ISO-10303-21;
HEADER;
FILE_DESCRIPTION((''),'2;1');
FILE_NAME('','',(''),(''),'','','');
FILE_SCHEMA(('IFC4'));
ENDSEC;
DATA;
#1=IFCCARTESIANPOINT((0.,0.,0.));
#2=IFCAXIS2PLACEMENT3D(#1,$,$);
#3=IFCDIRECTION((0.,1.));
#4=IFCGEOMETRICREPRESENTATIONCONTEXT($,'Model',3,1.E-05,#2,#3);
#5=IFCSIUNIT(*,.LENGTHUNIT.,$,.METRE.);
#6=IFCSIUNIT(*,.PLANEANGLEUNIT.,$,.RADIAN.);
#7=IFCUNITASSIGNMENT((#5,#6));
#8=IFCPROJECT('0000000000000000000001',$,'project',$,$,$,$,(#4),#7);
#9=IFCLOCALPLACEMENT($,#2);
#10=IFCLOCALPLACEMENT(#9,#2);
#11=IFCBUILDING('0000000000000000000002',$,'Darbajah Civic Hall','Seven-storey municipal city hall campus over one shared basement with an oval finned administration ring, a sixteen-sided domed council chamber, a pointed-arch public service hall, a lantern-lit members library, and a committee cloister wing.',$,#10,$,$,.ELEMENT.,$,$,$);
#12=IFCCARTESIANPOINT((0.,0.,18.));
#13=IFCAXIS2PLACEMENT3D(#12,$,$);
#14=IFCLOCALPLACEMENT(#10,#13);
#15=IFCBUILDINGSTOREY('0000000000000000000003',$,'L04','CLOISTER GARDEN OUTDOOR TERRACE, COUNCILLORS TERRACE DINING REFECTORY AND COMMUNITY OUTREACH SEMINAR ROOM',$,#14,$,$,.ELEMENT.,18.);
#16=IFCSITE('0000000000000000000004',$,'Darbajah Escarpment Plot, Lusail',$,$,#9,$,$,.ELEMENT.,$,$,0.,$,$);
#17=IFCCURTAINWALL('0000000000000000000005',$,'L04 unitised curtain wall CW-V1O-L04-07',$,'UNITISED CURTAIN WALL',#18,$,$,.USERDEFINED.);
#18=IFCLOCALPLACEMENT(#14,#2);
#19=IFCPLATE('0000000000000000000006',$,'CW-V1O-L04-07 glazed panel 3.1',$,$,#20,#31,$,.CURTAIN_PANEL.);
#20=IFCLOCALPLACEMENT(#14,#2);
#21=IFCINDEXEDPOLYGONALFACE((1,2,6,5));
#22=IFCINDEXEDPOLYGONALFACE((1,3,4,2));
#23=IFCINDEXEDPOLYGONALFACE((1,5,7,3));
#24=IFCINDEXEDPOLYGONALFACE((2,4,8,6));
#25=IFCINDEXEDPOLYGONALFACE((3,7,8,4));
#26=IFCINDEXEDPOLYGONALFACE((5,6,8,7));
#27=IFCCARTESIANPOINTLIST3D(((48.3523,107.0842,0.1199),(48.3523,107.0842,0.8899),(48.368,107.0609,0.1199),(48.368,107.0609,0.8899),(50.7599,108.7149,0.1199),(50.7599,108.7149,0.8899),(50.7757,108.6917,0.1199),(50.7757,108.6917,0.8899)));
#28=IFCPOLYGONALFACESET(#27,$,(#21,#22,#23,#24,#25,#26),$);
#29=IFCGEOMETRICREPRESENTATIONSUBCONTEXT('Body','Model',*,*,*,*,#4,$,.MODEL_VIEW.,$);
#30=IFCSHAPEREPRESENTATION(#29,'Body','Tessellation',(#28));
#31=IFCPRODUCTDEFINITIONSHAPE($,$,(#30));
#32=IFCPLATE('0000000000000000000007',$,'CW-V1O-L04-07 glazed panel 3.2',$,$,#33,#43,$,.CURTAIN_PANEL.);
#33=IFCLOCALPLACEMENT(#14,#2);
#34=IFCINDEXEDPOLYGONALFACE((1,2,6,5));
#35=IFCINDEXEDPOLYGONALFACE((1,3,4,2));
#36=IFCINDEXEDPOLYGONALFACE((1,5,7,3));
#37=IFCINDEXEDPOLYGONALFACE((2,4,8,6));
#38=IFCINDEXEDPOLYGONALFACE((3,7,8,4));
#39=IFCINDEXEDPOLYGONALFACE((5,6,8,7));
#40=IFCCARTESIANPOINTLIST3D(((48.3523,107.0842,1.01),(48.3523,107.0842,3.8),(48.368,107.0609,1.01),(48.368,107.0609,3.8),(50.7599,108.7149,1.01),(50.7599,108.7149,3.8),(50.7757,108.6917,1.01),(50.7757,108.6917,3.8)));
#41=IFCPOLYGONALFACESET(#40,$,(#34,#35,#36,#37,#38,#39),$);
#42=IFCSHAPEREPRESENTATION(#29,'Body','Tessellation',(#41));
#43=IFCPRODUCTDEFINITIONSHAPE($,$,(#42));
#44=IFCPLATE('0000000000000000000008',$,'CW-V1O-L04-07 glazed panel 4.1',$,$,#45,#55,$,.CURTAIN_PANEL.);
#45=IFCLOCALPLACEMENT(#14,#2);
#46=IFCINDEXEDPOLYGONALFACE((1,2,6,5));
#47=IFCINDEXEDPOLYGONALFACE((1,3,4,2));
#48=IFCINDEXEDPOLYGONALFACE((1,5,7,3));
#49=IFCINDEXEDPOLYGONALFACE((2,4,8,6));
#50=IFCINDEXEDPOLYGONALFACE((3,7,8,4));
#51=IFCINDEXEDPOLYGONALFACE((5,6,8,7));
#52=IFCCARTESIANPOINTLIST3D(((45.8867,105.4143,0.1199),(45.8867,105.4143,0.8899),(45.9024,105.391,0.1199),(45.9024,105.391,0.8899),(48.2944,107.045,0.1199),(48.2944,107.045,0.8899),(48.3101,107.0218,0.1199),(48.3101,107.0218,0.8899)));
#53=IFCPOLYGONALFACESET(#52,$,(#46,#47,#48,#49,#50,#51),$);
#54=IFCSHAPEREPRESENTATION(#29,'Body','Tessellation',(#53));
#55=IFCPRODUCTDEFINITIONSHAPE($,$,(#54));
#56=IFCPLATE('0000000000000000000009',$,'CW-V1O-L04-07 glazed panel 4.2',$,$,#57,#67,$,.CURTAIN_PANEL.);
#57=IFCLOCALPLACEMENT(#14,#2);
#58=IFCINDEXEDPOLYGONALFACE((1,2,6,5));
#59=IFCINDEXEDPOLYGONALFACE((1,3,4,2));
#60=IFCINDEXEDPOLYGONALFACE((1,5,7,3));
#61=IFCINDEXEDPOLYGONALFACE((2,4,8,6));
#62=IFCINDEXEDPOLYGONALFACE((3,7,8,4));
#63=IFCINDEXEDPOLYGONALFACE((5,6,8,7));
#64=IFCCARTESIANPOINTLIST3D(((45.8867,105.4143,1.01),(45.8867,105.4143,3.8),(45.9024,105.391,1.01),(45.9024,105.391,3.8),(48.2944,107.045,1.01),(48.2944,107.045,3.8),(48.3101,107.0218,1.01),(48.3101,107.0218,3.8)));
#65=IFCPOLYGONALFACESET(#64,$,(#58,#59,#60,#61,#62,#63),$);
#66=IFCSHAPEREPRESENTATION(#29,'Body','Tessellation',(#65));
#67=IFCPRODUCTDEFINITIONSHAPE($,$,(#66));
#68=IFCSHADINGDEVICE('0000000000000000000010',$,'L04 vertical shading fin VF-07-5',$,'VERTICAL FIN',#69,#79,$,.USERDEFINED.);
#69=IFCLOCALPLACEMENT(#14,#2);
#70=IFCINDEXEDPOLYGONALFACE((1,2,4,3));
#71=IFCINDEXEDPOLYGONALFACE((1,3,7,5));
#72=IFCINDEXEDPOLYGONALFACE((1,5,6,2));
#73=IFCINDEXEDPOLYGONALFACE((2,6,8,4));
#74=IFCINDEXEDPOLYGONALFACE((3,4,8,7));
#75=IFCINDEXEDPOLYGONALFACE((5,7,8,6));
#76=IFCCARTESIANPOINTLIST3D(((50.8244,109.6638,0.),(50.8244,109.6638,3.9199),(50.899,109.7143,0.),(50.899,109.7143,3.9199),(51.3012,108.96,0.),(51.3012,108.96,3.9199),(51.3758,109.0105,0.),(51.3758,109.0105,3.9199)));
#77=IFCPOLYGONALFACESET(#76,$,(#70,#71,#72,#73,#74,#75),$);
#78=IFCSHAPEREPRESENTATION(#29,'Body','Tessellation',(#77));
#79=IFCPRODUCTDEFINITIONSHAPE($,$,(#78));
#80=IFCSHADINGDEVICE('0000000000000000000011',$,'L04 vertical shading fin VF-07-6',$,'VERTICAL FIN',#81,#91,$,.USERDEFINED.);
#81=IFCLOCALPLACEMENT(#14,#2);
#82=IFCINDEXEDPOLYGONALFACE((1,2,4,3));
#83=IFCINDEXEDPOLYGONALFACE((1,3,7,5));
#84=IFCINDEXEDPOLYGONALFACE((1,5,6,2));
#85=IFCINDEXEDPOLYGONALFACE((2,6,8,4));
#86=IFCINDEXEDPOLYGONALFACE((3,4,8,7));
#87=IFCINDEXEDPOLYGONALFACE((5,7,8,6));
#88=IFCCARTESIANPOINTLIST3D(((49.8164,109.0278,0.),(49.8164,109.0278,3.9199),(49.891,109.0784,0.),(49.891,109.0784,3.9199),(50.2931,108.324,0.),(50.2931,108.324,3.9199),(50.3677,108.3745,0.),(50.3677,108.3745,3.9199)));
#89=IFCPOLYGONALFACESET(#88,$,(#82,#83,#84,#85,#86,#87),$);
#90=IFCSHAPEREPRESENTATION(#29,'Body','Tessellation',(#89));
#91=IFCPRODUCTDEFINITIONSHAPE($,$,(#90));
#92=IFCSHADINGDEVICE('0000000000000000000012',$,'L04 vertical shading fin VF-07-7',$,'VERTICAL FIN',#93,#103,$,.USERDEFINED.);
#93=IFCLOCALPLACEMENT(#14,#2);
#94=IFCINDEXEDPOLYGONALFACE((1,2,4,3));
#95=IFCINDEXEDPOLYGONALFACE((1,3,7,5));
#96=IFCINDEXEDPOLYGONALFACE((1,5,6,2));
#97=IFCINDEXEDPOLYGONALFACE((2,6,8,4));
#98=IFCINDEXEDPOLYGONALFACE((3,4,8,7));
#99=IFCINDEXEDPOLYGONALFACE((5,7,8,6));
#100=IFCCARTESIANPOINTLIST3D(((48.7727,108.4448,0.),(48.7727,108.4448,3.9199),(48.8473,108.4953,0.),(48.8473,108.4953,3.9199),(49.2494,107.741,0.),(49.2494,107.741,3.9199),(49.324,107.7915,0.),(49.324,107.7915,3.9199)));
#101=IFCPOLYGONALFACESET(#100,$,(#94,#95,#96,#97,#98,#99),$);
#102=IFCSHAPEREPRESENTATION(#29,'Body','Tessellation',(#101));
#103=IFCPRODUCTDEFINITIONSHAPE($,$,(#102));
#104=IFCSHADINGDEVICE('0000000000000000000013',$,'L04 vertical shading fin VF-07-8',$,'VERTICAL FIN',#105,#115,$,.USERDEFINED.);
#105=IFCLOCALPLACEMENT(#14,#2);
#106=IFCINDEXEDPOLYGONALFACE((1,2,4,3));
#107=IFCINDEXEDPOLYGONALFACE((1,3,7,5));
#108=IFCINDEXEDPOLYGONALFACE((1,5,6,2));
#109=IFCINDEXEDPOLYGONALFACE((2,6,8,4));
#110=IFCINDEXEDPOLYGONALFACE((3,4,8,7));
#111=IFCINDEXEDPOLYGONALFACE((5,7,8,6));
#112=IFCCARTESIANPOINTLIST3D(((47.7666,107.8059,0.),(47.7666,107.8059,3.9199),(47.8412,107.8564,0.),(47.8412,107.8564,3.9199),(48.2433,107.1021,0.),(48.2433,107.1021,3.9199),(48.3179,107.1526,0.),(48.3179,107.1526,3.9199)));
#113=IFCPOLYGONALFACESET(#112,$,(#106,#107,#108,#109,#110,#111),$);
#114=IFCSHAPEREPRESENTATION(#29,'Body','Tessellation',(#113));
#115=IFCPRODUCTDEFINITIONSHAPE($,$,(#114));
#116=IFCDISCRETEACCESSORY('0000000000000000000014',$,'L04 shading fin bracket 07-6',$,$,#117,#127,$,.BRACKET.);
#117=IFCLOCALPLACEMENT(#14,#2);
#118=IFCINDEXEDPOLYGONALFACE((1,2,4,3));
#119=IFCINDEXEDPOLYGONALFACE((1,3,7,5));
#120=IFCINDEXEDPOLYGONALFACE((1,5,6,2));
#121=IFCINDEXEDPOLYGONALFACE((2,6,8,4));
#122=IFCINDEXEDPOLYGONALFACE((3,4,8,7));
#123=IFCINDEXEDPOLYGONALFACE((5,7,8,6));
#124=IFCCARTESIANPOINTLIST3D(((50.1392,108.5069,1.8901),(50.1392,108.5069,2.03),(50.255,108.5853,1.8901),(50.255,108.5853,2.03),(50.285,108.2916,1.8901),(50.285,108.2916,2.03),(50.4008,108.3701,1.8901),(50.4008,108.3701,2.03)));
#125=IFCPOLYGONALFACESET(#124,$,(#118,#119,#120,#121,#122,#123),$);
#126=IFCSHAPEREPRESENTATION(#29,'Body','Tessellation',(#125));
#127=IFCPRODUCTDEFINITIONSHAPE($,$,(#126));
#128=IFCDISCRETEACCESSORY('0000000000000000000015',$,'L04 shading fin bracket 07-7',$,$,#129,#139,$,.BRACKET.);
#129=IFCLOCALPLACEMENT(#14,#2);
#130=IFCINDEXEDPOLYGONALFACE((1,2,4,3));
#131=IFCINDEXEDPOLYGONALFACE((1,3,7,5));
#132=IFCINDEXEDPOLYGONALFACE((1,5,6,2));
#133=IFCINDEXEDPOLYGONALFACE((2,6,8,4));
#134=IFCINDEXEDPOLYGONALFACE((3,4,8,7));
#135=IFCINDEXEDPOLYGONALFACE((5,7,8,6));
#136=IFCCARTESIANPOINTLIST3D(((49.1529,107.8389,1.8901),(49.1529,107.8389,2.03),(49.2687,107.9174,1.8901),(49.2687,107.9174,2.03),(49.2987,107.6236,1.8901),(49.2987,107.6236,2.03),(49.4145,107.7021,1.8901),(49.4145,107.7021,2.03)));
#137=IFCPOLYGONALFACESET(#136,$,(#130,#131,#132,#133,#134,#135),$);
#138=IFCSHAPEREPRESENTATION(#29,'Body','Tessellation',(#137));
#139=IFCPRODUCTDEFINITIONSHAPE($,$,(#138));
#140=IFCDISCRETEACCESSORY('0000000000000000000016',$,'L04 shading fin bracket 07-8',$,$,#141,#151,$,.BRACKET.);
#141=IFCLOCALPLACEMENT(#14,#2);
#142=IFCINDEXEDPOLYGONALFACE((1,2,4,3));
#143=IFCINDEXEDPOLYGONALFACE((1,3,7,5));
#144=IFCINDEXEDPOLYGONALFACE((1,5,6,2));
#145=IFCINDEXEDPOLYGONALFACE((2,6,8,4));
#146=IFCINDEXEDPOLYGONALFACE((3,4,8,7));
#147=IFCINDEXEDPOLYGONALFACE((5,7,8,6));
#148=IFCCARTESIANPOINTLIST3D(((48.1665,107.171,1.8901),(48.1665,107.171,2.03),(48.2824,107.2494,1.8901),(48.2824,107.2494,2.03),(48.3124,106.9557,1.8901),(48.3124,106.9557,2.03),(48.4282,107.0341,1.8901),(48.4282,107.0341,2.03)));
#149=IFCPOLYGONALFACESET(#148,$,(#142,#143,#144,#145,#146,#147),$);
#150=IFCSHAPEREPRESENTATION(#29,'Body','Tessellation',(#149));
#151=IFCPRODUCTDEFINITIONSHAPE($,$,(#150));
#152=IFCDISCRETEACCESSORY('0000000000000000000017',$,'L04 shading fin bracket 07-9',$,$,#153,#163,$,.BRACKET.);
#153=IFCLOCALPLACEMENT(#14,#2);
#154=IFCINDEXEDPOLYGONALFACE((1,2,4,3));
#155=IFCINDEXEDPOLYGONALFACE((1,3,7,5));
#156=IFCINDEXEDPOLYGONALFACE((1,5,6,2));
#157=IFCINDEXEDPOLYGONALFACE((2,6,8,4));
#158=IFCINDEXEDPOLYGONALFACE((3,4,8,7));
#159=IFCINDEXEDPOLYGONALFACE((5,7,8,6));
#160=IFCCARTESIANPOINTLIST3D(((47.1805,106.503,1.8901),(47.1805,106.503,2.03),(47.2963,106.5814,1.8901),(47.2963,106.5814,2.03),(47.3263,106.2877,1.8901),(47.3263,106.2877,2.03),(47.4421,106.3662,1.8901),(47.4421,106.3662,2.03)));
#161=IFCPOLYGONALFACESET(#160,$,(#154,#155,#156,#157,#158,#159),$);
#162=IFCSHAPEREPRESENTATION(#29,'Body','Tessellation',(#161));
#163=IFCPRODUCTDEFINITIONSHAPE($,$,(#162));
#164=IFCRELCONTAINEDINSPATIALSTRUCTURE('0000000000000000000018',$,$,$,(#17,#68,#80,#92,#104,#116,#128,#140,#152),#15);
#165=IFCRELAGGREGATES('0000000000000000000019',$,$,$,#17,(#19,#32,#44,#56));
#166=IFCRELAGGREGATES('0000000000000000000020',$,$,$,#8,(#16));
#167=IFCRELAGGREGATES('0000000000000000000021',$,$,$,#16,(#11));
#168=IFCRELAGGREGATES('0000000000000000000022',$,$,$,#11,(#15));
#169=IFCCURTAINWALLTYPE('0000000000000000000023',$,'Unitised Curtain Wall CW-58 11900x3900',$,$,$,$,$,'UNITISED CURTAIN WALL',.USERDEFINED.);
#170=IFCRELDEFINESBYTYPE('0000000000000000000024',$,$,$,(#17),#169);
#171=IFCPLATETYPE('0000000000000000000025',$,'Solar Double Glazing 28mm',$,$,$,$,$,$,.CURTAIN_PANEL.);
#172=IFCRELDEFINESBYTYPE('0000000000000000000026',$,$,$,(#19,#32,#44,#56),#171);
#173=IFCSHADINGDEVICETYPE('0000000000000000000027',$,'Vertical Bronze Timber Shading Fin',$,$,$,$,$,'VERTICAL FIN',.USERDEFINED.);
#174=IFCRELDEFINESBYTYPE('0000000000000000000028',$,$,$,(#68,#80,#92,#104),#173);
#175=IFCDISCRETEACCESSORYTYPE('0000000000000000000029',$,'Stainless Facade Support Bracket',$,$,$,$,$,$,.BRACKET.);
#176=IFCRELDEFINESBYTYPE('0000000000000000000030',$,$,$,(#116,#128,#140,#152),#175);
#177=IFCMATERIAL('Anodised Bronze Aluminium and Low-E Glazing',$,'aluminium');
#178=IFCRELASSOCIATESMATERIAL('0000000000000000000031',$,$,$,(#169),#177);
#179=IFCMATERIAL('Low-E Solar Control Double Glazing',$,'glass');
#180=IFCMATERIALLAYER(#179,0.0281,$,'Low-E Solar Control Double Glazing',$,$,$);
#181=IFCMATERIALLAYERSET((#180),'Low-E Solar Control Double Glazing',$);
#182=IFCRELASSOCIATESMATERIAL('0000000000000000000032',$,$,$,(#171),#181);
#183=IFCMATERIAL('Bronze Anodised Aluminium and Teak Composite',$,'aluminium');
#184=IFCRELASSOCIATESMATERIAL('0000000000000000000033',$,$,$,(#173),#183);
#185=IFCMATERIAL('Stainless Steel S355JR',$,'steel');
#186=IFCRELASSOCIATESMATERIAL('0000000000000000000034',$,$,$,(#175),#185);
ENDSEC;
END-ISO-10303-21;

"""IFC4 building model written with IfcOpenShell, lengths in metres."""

from ifc_helpers import new_model, si_unit, direction, frame, origin, origin_2d, place, context, subcontext, project, spatial, rectangle, extrude, material, layer, layer_set, type_object, element, aggregate, save


model = new_model("IFC4")

# Units and contexts
model_context = context("Model", 3, precision=1e-05, world=origin(), true_north=direction((0.0, 1.0)))
body_context = subcontext(model_context, "Body", "Model", "MODEL_VIEW")
ifc_project = project(units=[si_unit("LENGTHUNIT", "METRE"), si_unit("PLANEANGLEUNIT", "RADIAN")], contexts=[model_context])

# Site, building, storey
site_placement = place(None, origin())
site = spatial("IfcSite", under=ifc_project, at=site_placement, Name="Darbajah Escarpment Plot, Lusail", CompositionType="ELEMENT", RefElevation=0.0)
building_placement = place(site_placement, origin())
building = spatial("IfcBuilding", under=site, at=building_placement, Name="Darbajah Civic Hall", Description="Seven-storey municipal city hall campus over one shared basement with an oval finned administration ring, a sixteen-sided domed council chamber, a pointed-arch public service hall, a lantern-lit members library, and a committee cloister wing.", CompositionType="ELEMENT")
storey_placement = place(building_placement, frame((0.0, 0.0, 18.0)))
storey = spatial("IfcBuildingStorey", under=building, at=storey_placement, Name="L04", Description="CLOISTER GARDEN OUTDOOR TERRACE, COUNCILLORS TERRACE DINING REFECTORY AND COMMUNITY OUTREACH SEMINAR ROOM", CompositionType="ELEMENT", Elevation=18.0)

# Curtain wall
ifc_material_1 = material(Name="Anodised Bronze Aluminium and Low-E Glazing", Category="aluminium")
curtain_wall_type = type_object("IfcCurtainWallType", Name="Unitised Curtain Wall CW-58 11900x3900", ElementType="UNITISED CURTAIN WALL", PredefinedType="USERDEFINED", material=ifc_material_1)
curtain_wall_placement = place(storey_placement, origin())
curtain_wall = element("IfcCurtainWall", 1, at=curtain_wall_placement, inside=storey, type_object=curtain_wall_type, Name="L04 unitised curtain wall CW-V1O-L04-07", ObjectType="UNITISED CURTAIN WALL", PredefinedType="USERDEFINED")

# Plates
ifc_material_2 = material(Name="Low-E Solar Control Double Glazing", Category="glass")
ifc_layer = layer(ifc_material_2, 0.0281, Name="Low-E Solar Control Double Glazing")
ifc_layer_set = layer_set([ifc_layer], Name="Low-E Solar Control Double Glazing")
plate_type = type_object("IfcPlateType", Name="Solar Double Glazing 28mm", PredefinedType="CURTAIN_PANEL", material=ifc_layer_set)
plate_1_placement = place(storey_placement, frame((49.564, 107.8879, 0.1199), z_axis=(0.0, 0.0, 1.0), x_axis=(-0.827962, -0.560784, 0.0)))
plate_1 = element("IfcPlate", 2, at=plate_1_placement, type_object=plate_type, Name="CW-V1O-L04-07 glazed panel 3.1", PredefinedType="CURTAIN_PANEL", context=body_context, shape_type="SweptSolid", body=[
    extrude(rectangle(XDim=2.908, YDim=0.0281, at=origin_2d()), origin(), (0.0, 0.0, 1.0), 0.77),
])
plate_2_placement = place(storey_placement, frame((49.564, 107.8879, 1.01), z_axis=(0.0, 0.0, 1.0), x_axis=(-0.827962, -0.560784, 0.0)))
plate_2 = element("IfcPlate", 3, at=plate_2_placement, type_object=plate_type, Name="CW-V1O-L04-07 glazed panel 3.2", PredefinedType="CURTAIN_PANEL", context=body_context, shape_type="SweptSolid", body=[
    extrude(rectangle(XDim=2.908, YDim=0.0281, at=origin_2d()), origin(), (0.0, 0.0, 1.0), 2.79),
])
plate_3_placement = place(storey_placement, frame((47.0984, 106.218, 0.1199), z_axis=(0.0, 0.0, 1.0), x_axis=(-0.827962, -0.560784, 0.0)))
plate_3 = element("IfcPlate", 4, at=plate_3_placement, type_object=plate_type, Name="CW-V1O-L04-07 glazed panel 4.1", PredefinedType="CURTAIN_PANEL", context=body_context, shape_type="SweptSolid", body=[
    extrude(rectangle(XDim=2.908, YDim=0.0281, at=origin_2d()), origin(), (0.0, 0.0, 1.0), 0.77),
])
plate_4_placement = place(storey_placement, frame((47.0984, 106.218, 1.01), z_axis=(0.0, 0.0, 1.0), x_axis=(-0.827962, -0.560784, 0.0)))
plate_4 = element("IfcPlate", 5, at=plate_4_placement, type_object=plate_type, Name="CW-V1O-L04-07 glazed panel 4.2", PredefinedType="CURTAIN_PANEL", context=body_context, shape_type="SweptSolid", body=[
    extrude(rectangle(XDim=2.908, YDim=0.0281, at=origin_2d()), origin(), (0.0, 0.0, 1.0), 2.79),
])
aggregate(curtain_wall, [plate_1, plate_2, plate_3, plate_4])

# Shading devices
ifc_material_3 = material(Name="Bronze Anodised Aluminium and Teak Composite", Category="aluminium")
shading_device_type = type_object("IfcShadingDeviceType", Name="Vertical Bronze Timber Shading Fin", ElementType="VERTICAL FIN", PredefinedType="USERDEFINED", material=ifc_material_3)
for number, where, z_axis, x_axis, name in (
    (6, (51.1001, 109.3372, 0.0), (0.0, 0.0, 1.0), (-0.560784, 0.827962, 0.0), "L04 vertical shading fin VF-07-5"),
    (7, (50.092, 108.7012, 0.0), (0.0, 0.0, 1.0), (-0.560784, 0.827962, 0.0), "L04 vertical shading fin VF-07-6"),
    (8, (49.0483, 108.1182, 0.0), (0.0, 0.0, 1.0), (-0.560784, 0.827962, 0.0), "L04 vertical shading fin VF-07-7"),
    (9, (48.0422, 107.4792, 0.0), (0.0, 0.0, 1.0), (-0.560784, 0.827962, 0.0), "L04 vertical shading fin VF-07-8"),
):
    element("IfcShadingDevice", number, at=place(storey_placement, frame(where, z_axis=z_axis, x_axis=x_axis)), inside=storey, type_object=shading_device_type, Name=name, ObjectType="VERTICAL FIN", PredefinedType="USERDEFINED", context=body_context, shape_type="SweptSolid", body=[
        extrude(rectangle(XDim=0.8501, YDim=0.0901, at=origin_2d()), origin(), (0.0, 0.0, 1.0), 3.9199),
    ])

# Discrete accessories
ifc_material_4 = material(Name="Stainless Steel S355JR", Category="steel")
discrete_accessory_type = type_object("IfcDiscreteAccessoryType", Name="Stainless Facade Support Bracket", PredefinedType="BRACKET", material=ifc_material_4)
for number, where, z_axis, x_axis, name in (
    (10, (50.27, 108.4385, 1.8901), (0.0, 0.0, 1.0), (-0.560784, 0.827962, 0.0), "L04 shading fin bracket 07-6"),
    (11, (49.2837, 107.7705, 1.8901), (0.0, 0.0, 1.0), (-0.560784, 0.827962, 0.0), "L04 shading fin bracket 07-7"),
    (12, (48.2974, 107.1025, 1.8901), (0.0, 0.0, 1.0), (-0.560784, 0.827962, 0.0), "L04 shading fin bracket 07-8"),
    (13, (47.3113, 106.4346, 1.8901), (0.0, 0.0, 1.0), (-0.560784, 0.827962, 0.0), "L04 shading fin bracket 07-9"),
):
    element("IfcDiscreteAccessory", number, at=place(storey_placement, frame(where, z_axis=z_axis, x_axis=x_axis)), inside=storey, type_object=discrete_accessory_type, Name=name, PredefinedType="BRACKET", context=body_context, shape_type="SweptSolid", body=[
        extrude(rectangle(XDim=0.26, YDim=0.1399, at=origin_2d()), origin(), (0.0, 0.0, 1.0), 0.1399),
    ])

save(model, "model.ifc")
